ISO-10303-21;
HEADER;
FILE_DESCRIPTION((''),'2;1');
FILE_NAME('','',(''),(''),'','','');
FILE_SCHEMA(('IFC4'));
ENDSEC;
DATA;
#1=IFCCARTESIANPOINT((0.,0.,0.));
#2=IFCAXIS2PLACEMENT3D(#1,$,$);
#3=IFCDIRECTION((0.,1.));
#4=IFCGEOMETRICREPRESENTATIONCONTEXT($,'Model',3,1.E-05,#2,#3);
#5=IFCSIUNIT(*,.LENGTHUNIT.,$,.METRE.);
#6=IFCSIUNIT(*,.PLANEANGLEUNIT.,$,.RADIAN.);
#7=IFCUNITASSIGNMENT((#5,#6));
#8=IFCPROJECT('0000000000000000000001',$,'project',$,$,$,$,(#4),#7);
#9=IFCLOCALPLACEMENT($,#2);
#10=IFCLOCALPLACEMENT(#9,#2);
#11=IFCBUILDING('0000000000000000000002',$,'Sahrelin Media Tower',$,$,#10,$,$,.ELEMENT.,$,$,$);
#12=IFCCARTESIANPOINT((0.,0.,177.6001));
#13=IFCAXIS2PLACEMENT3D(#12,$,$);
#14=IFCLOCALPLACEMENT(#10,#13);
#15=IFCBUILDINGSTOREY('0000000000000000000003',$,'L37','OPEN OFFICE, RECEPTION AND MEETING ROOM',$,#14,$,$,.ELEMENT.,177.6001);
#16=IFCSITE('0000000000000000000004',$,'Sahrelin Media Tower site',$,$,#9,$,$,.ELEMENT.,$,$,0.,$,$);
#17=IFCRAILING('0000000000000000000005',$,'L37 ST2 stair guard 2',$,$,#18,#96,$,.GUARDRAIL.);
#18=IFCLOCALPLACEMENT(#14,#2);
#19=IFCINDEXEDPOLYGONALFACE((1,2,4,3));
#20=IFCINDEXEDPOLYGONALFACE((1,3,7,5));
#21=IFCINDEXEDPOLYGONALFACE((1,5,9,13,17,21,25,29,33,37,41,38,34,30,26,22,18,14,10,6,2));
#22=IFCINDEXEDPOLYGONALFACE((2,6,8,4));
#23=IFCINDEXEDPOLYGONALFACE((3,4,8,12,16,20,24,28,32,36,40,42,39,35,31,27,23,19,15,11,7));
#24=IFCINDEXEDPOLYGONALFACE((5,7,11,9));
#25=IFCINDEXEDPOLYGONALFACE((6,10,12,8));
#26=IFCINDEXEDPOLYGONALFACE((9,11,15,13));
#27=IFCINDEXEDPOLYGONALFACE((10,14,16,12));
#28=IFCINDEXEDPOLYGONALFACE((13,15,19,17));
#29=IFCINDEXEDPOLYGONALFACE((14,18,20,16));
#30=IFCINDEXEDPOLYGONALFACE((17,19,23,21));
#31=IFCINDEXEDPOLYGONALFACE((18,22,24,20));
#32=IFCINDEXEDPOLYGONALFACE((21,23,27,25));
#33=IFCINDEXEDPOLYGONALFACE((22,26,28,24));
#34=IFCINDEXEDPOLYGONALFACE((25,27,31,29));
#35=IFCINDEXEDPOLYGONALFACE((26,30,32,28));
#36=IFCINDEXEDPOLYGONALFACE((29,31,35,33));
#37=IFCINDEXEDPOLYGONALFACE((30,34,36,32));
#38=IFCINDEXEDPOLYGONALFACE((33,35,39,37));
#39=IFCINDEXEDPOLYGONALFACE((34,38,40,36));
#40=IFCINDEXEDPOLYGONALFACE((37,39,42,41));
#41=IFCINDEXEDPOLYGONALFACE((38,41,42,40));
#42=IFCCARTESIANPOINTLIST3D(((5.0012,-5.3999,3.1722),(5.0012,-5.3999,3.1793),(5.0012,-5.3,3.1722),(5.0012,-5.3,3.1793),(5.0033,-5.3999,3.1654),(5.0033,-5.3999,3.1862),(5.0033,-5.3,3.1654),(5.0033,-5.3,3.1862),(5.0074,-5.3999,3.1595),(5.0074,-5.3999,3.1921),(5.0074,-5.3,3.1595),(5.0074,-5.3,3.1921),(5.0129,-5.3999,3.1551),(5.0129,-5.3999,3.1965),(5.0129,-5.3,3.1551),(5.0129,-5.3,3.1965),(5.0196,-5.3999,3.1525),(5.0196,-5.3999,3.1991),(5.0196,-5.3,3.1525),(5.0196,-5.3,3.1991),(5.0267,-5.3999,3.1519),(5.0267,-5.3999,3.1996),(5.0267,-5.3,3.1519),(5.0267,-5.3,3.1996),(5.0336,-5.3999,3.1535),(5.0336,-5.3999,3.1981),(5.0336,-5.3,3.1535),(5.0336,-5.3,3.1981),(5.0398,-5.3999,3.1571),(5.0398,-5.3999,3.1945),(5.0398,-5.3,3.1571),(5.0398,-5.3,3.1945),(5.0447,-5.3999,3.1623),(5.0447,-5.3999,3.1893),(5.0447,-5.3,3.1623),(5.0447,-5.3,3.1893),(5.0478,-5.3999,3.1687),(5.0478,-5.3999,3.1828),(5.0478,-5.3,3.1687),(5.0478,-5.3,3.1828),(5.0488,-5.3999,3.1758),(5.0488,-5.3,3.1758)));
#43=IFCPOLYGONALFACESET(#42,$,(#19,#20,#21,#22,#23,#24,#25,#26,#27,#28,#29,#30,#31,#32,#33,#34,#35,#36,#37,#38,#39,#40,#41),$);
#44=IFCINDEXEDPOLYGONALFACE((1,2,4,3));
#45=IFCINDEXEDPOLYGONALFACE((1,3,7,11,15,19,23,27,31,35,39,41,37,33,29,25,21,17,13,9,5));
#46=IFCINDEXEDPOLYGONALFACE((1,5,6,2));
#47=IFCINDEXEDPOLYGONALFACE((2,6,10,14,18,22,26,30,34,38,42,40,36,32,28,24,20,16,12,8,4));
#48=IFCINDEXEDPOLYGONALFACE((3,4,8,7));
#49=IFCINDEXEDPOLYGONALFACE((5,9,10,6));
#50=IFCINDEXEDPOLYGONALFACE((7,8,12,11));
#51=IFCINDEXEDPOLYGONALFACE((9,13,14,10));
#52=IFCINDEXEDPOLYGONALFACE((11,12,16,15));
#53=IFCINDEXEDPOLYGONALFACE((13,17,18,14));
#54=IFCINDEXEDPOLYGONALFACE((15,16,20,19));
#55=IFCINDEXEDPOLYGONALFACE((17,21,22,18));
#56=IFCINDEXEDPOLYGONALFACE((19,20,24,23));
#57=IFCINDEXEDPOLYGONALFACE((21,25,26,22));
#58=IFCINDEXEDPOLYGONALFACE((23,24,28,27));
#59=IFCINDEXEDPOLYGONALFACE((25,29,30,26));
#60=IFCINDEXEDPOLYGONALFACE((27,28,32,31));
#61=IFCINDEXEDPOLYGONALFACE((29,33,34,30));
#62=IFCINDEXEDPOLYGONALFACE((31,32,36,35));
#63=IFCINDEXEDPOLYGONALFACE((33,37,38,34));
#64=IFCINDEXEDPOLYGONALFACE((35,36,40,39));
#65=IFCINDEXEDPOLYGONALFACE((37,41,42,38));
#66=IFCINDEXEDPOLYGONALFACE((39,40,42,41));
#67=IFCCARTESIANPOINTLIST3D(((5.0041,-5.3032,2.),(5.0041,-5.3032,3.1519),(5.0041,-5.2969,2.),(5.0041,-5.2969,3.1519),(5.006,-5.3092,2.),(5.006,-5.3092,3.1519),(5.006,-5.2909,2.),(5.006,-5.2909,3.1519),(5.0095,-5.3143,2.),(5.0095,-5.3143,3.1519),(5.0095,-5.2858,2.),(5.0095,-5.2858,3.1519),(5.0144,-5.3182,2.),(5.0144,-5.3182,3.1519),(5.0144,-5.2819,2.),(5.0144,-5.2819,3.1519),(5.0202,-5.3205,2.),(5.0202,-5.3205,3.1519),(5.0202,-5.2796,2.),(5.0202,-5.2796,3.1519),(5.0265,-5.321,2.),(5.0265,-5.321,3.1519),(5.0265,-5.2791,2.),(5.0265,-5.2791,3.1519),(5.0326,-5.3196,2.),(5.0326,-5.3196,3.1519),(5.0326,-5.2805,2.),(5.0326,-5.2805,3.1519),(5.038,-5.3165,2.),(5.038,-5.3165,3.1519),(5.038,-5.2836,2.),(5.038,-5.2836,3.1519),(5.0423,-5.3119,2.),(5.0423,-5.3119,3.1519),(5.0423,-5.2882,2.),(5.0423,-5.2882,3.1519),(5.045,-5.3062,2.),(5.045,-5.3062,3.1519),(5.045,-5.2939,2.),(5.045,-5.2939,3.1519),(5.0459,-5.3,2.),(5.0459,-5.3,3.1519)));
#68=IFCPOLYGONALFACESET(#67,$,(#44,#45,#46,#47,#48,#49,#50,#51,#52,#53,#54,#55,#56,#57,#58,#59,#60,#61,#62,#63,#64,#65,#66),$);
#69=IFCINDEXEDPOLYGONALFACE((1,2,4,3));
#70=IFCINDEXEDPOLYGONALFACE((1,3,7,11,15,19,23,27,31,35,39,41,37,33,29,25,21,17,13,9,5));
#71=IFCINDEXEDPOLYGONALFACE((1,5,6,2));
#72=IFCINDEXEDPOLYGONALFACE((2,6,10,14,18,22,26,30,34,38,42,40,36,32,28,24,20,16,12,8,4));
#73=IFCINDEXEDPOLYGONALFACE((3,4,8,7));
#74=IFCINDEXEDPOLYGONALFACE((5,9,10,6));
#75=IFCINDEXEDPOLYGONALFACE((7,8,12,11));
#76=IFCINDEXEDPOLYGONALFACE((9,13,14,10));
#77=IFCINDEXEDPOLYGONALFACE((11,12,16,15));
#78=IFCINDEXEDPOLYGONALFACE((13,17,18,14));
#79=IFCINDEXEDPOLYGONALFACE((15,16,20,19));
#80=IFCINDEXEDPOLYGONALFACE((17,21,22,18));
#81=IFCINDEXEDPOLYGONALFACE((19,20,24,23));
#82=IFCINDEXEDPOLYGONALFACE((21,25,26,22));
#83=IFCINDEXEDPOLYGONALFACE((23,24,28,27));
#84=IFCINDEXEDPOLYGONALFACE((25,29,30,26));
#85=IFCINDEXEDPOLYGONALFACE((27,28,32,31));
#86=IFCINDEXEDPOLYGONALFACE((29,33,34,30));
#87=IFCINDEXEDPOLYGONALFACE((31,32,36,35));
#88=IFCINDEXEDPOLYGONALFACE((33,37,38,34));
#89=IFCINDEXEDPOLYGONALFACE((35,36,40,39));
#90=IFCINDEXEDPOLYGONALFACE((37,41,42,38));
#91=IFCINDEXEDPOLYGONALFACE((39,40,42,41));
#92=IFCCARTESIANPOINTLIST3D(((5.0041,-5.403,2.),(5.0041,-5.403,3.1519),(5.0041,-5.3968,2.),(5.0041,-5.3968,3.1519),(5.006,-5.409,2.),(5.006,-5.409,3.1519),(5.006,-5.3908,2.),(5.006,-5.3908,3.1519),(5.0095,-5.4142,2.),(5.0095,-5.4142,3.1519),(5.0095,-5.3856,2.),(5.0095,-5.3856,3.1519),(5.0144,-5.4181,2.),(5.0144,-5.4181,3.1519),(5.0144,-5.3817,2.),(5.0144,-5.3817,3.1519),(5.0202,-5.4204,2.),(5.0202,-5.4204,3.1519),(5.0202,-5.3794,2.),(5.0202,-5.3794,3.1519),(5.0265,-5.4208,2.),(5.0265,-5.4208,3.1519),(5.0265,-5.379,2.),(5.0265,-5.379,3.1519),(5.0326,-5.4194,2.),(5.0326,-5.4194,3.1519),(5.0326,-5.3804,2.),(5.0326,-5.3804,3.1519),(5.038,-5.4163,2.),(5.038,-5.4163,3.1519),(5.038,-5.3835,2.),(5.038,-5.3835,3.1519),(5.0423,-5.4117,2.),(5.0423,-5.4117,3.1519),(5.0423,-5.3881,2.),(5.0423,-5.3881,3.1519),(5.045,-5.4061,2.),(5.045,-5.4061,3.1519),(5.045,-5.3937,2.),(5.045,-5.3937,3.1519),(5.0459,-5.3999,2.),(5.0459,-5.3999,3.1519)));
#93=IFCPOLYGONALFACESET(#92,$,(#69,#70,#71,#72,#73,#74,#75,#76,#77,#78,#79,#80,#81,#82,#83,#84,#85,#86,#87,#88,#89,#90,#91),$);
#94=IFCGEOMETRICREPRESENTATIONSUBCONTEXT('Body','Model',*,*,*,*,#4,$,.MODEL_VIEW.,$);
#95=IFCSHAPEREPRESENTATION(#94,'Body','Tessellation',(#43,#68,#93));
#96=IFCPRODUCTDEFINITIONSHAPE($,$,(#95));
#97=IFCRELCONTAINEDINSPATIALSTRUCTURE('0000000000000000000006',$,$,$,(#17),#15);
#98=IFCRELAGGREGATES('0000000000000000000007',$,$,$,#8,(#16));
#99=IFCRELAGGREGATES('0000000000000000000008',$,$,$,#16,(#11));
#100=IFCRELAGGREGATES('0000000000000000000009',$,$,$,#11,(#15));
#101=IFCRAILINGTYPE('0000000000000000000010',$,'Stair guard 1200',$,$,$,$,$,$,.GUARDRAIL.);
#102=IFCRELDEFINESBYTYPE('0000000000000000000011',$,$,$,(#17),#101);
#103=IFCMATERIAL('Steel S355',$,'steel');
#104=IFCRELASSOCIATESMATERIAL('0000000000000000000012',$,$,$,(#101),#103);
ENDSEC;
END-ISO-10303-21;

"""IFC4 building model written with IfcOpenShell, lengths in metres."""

from ifc_helpers import new_model, si_unit, direction, frame, origin, origin_2d, place, context, subcontext, project, spatial, circle, extrude, material, type_object, element, save


model = new_model("IFC4")

# Units and contexts
model_context = context("Model", 3, precision=1e-05, world=origin(), true_north=direction((0.0, 1.0)))
body_context = subcontext(model_context, "Body", "Model", "MODEL_VIEW")
ifc_project = project(units=[si_unit("LENGTHUNIT", "METRE"), si_unit("PLANEANGLEUNIT", "RADIAN")], contexts=[model_context])

# Site, building, storey
site_placement = place(None, origin())
site = spatial("IfcSite", under=ifc_project, at=site_placement, Name="Sahrelin Media Tower site", CompositionType="ELEMENT", RefElevation=0.0)
building_placement = place(site_placement, origin())
building = spatial("IfcBuilding", under=site, at=building_placement, Name="Sahrelin Media Tower", CompositionType="ELEMENT")
storey_placement = place(building_placement, frame((0.0, 0.0, 177.6001)))
storey = spatial("IfcBuildingStorey", under=building, at=storey_placement, Name="L37", Description="OPEN OFFICE, RECEPTION AND MEETING ROOM", CompositionType="ELEMENT", Elevation=177.6001)

# Shared definitions
ifc_material_1 = material(Name="Steel S355", Category="steel")

# Railing
railing_type_1 = type_object("IfcRailingType", Name="Stair guard 1200", PredefinedType="GUARDRAIL", material=ifc_material_1)
railing_1_placement = place(storey_placement, frame((5.0249, -5.3, 2.0)))
element("IfcRailing", 1, at=railing_1_placement, inside=storey, type_object=railing_type_1, Name="L37 ST2 stair guard 2", PredefinedType="GUARDRAIL", context=body_context, shape_type="SweptSolid", body=[
    extrude(circle(Radius=0.0239, at=origin_2d()), frame((0.0, 0.0, 1.1758), z_axis=(0.0, -1.0, 0.0), x_axis=(1.0, 0.0, 0.0)), (0.0, 0.0, 1.0), 0.0999),
    extrude(circle(Radius=0.021, at=origin_2d()), origin(), (0.0, 0.0, 1.0), 1.1519),
    extrude(circle(Radius=0.021, at=origin_2d()), frame((0.0, -0.0999, 0.0)), (0.0, 0.0, 1.0), 1.1519),
])

save(model, "model.ifc")
